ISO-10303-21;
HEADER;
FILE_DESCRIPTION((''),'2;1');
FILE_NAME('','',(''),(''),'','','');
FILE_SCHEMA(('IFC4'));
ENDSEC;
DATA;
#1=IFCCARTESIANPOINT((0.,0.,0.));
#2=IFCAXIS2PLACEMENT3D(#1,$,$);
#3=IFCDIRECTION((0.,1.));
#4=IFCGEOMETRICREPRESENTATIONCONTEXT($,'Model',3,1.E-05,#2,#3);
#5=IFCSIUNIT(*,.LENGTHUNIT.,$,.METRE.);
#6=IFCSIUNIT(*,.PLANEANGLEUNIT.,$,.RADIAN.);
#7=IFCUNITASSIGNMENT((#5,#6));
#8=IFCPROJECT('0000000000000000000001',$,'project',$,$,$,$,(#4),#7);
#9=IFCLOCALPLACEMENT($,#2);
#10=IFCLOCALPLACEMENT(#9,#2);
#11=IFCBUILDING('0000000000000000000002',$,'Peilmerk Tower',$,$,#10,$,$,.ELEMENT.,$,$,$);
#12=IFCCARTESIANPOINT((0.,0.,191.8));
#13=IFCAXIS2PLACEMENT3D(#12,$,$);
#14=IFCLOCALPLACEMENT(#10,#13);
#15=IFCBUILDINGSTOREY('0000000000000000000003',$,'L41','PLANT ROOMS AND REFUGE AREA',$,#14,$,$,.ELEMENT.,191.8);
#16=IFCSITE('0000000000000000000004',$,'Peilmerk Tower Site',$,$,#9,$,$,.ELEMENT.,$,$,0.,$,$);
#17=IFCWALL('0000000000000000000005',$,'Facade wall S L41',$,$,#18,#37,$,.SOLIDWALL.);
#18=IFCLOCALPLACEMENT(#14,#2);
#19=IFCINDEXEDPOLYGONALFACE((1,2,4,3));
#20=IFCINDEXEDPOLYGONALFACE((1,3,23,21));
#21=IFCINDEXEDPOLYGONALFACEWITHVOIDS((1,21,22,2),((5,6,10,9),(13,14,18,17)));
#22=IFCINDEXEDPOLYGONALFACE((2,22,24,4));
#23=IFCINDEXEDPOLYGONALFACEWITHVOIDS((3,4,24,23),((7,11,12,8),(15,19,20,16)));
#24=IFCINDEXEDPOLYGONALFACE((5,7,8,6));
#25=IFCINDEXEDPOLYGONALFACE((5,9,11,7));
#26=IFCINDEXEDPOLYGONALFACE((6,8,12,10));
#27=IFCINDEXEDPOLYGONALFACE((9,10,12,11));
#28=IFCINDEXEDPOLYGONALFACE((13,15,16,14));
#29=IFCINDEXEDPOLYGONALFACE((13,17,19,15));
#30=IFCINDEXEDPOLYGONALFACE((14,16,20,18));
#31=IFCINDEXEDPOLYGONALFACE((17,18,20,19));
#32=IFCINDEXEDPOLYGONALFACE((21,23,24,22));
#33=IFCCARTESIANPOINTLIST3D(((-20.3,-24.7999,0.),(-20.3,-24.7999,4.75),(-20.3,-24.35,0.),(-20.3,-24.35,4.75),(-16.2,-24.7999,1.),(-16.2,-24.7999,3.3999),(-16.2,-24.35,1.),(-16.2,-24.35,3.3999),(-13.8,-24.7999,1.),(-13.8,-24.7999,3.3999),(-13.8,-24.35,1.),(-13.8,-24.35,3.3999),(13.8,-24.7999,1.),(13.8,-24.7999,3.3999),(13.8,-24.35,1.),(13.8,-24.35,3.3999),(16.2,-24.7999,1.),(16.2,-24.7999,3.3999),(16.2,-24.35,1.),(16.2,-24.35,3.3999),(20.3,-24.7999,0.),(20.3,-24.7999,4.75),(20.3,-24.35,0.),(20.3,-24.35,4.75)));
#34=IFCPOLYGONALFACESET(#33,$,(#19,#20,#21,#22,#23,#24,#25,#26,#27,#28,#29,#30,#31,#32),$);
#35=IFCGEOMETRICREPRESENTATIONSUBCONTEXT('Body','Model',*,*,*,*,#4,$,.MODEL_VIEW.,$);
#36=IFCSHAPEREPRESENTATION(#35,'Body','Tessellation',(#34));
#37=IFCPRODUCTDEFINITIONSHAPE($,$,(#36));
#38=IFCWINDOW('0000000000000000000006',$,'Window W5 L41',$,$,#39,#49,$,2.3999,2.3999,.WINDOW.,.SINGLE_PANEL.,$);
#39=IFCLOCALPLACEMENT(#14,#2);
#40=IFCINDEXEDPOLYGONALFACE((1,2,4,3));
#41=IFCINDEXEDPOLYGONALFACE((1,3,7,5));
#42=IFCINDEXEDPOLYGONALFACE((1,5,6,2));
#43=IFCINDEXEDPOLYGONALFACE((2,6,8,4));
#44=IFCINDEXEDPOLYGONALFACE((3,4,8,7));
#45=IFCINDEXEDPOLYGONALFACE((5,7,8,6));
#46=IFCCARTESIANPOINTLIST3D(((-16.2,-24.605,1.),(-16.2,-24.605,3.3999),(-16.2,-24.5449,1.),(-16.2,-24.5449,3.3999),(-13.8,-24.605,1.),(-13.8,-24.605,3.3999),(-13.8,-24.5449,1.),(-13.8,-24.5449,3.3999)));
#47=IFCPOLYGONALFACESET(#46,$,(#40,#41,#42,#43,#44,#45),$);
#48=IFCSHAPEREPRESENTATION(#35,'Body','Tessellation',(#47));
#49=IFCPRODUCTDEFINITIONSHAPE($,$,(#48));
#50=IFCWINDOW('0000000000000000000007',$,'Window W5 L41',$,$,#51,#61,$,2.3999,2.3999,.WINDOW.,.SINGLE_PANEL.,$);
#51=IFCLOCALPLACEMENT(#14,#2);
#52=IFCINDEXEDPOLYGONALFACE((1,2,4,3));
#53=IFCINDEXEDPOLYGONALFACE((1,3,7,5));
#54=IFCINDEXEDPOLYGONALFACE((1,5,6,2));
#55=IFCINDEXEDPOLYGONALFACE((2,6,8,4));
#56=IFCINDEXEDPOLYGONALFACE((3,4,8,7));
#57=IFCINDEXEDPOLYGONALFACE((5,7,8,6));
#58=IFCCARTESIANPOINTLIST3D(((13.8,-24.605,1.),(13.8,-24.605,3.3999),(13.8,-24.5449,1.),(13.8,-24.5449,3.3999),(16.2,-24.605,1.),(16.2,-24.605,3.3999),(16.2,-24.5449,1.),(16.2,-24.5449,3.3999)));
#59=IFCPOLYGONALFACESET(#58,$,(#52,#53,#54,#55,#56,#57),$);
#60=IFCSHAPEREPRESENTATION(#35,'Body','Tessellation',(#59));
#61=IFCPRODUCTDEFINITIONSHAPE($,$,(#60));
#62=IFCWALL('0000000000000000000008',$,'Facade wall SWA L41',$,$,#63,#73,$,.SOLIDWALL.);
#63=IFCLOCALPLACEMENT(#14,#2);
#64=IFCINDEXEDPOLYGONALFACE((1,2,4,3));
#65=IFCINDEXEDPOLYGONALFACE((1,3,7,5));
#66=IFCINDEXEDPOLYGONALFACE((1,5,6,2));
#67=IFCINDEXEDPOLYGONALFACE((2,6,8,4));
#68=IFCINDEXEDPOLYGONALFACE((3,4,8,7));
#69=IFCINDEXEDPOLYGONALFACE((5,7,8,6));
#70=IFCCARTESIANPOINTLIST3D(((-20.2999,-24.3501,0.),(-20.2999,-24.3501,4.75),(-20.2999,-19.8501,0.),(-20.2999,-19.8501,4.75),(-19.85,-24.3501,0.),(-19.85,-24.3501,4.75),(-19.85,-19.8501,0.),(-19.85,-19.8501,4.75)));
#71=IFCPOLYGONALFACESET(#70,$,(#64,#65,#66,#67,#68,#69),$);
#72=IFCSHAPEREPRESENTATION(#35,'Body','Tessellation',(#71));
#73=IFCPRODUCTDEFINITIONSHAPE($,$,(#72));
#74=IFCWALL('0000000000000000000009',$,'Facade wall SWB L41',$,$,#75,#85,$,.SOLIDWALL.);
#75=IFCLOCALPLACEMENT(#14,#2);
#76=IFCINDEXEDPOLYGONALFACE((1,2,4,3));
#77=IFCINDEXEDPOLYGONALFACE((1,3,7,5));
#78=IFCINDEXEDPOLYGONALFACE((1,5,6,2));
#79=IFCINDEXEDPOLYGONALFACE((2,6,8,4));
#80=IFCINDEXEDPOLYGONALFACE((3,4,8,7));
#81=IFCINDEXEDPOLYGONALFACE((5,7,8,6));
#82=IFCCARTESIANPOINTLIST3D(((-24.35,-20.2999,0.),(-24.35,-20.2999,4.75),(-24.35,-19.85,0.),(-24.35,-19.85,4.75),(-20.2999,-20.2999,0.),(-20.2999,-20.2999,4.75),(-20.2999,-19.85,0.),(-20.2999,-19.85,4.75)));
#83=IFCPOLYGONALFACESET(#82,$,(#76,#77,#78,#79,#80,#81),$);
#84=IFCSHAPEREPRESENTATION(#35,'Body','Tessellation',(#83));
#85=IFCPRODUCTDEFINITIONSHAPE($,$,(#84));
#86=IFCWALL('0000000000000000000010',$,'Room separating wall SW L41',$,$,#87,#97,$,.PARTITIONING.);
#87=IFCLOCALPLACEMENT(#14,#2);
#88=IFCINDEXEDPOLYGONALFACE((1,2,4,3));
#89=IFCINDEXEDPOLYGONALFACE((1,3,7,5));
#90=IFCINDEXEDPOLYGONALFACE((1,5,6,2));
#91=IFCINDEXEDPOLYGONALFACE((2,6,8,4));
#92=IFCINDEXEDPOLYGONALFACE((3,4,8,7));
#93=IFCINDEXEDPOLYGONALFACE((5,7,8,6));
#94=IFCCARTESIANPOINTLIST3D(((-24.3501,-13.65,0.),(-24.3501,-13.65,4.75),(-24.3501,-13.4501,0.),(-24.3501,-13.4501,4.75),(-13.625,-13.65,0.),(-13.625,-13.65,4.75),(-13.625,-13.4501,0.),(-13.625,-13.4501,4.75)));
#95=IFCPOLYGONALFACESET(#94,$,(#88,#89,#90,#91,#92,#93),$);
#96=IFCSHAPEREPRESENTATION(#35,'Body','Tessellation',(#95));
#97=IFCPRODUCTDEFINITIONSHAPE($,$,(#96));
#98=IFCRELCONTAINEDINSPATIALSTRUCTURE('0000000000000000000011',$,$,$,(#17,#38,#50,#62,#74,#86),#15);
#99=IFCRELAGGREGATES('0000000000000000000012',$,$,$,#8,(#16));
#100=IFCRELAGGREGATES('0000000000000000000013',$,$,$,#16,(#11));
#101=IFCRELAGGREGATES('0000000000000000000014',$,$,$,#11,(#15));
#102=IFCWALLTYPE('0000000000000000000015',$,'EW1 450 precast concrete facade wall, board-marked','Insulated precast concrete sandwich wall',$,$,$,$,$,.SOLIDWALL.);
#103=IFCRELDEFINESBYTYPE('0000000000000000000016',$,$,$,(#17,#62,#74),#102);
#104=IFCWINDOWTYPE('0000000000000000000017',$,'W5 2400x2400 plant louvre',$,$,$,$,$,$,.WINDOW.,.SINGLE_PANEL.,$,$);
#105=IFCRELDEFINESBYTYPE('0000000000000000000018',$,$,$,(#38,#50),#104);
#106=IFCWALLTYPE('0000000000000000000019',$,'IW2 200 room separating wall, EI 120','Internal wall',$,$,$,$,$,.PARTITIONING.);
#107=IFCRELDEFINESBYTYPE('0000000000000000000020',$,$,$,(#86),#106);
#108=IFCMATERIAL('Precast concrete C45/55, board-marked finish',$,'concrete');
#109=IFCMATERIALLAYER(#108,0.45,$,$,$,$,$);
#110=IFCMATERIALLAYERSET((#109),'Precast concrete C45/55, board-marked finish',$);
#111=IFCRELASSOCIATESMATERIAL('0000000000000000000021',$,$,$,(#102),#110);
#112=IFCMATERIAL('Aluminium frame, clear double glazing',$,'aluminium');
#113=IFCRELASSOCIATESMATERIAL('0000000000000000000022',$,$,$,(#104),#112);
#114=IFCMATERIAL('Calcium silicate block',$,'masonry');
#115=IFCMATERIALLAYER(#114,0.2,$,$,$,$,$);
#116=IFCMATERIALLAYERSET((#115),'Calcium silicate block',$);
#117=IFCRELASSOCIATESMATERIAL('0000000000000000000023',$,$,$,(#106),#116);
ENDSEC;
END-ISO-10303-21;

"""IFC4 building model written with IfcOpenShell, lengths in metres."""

from ifc_helpers import new_model, si_unit, direction, frame, frame_2d, origin, place, context, subcontext, project, spatial, rectangle, extrude, material, layer, layer_set, type_object, element, fill, save


model = new_model("IFC4")

# Units and contexts
model_context = context("Model", 3, precision=1e-05, world=origin(), true_north=direction((0.0, 1.0)))
body_context = subcontext(model_context, "Body", "Model", "MODEL_VIEW")
ifc_project = project(units=[si_unit("LENGTHUNIT", "METRE"), si_unit("PLANEANGLEUNIT", "RADIAN")], contexts=[model_context])

# Site, building, storey
site_placement = place(None, origin())
site = spatial("IfcSite", under=ifc_project, at=site_placement, Name="Peilmerk Tower Site", CompositionType="ELEMENT", RefElevation=0.0)
building_placement = place(site_placement, origin())
building = spatial("IfcBuilding", under=site, at=building_placement, Name="Peilmerk Tower", CompositionType="ELEMENT")
storey_placement = place(building_placement, frame((0.0, 0.0, 191.8)))
storey = spatial("IfcBuildingStorey", under=building, at=storey_placement, Name="L41", Description="PLANT ROOMS AND REFUGE AREA", CompositionType="ELEMENT", Elevation=191.8)

# Wall, openings, windows
ifc_material_1 = material(Name="Precast concrete C45/55, board-marked finish", Category="concrete")
ifc_layer_1 = layer(ifc_material_1, 0.45)
ifc_layer_set_1 = layer_set([ifc_layer_1], Name="Precast concrete C45/55, board-marked finish")
wall_type_1 = type_object("IfcWallType", Name="EW1 450 precast concrete facade wall, board-marked", Description="Insulated precast concrete sandwich wall", PredefinedType="SOLIDWALL", material=ifc_layer_set_1)
wall_1_placement = place(storey_placement, frame((-20.3, -24.575, 0.0), z_axis=(0.0, 0.0, 1.0), x_axis=(1.0, 0.0, 0.0)))
wall_1 = element("IfcWall", 1, at=wall_1_placement, inside=storey, type_object=wall_type_1, Name="Facade wall S L41", PredefinedType="SOLIDWALL", context=body_context, shape_type="SweptSolid", body=[
    extrude(rectangle(XDim=40.6001, YDim=0.45, at=frame_2d((20.3, 0.0))), origin(), (0.0, 0.0, 1.0), 4.75),
])
opening_1_placement = place(wall_1_placement, frame((4.1001, 0.0, 1.0)))
opening_1 = element("IfcOpeningElement", 2, at=opening_1_placement, cuts=wall_1, PredefinedType="OPENING", context=body_context, shape_type="SweptSolid", body=[
    extrude(rectangle(XDim=2.3999, YDim=2.3999, at=frame_2d((1.2, 1.2))), frame((0.0, 0.2349, 0.0), z_axis=(0.0, -1.0, 0.0), x_axis=(1.0, 0.0, 0.0)), (0.0, 0.0, 1.0), 0.47),
])
opening_2_placement = place(wall_1_placement, frame((34.1001, 0.0, 1.0)))
opening_2 = element("IfcOpeningElement", 3, at=opening_2_placement, cuts=wall_1, PredefinedType="OPENING", context=body_context, shape_type="SweptSolid", body=[
    extrude(rectangle(XDim=2.3999, YDim=2.3999, at=frame_2d((1.2, 1.2))), frame((0.0, 0.2349, 0.0), z_axis=(0.0, -1.0, 0.0), x_axis=(1.0, 0.0, 0.0)), (0.0, 0.0, 1.0), 0.47),
])
ifc_material_2 = material(Name="Aluminium frame, clear double glazing", Category="aluminium")
window_type = type_object("IfcWindowType", Name="W5 2400x2400 plant louvre", PartitioningType="SINGLE_PANEL", PredefinedType="WINDOW", material=ifc_material_2)
window_1_placement = place(opening_1_placement, origin())
window_1 = element("IfcWindow", 4, at=window_1_placement, inside=storey, type_object=window_type, Name="Window W5 L41", OverallHeight=2.3999, OverallWidth=2.3999, PartitioningType="SINGLE_PANEL", PredefinedType="WINDOW", context=body_context, shape_type="SweptSolid", body=[
    extrude(rectangle(XDim=2.3999, YDim=2.3999, at=frame_2d((1.2, 1.2))), frame((0.0, 0.03, 0.0), z_axis=(0.0, -1.0, 0.0), x_axis=(1.0, 0.0, 0.0)), (0.0, 0.0, 1.0), 0.0601),
])
fill(opening_1, window_1)
window_2_placement = place(opening_2_placement, origin())
window_2 = element("IfcWindow", 5, at=window_2_placement, inside=storey, type_object=window_type, Name="Window W5 L41", OverallHeight=2.3999, OverallWidth=2.3999, PartitioningType="SINGLE_PANEL", PredefinedType="WINDOW", context=body_context, shape_type="SweptSolid", body=[
    extrude(rectangle(XDim=2.3999, YDim=2.3999, at=frame_2d((1.2, 1.2))), frame((0.0, 0.03, 0.0), z_axis=(0.0, -1.0, 0.0), x_axis=(1.0, 0.0, 0.0)), (0.0, 0.0, 1.0), 0.0601),
])
fill(opening_2, window_2)

# Walls
wall_2_placement = place(storey_placement, frame((-20.075, -19.8501, 0.0), z_axis=(0.0, 0.0, 1.0), x_axis=(0.0, -1.0, 0.0)))
element("IfcWall", 6, at=wall_2_placement, inside=storey, type_object=wall_type_1, Name="Facade wall SWA L41", PredefinedType="SOLIDWALL", context=body_context, shape_type="SweptSolid", body=[
    extrude(rectangle(XDim=4.5, YDim=0.45, at=frame_2d((2.25, 0.0))), origin(), (0.0, 0.0, 1.0), 4.75),
])
wall_3_placement = place(storey_placement, frame((-20.3, -20.075, 0.0), z_axis=(0.0, 0.0, 1.0), x_axis=(-1.0, 0.0, 0.0)))
element("IfcWall", 7, at=wall_3_placement, inside=storey, type_object=wall_type_1, Name="Facade wall SWB L41", PredefinedType="SOLIDWALL", context=body_context, shape_type="SweptSolid", body=[
    extrude(rectangle(XDim=4.05, YDim=0.45, at=frame_2d((2.0249, 0.0))), origin(), (0.0, 0.0, 1.0), 4.75),
])
ifc_material_3 = material(Name="Calcium silicate block", Category="masonry")
ifc_layer_2 = layer(ifc_material_3, 0.2)
ifc_layer_set_2 = layer_set([ifc_layer_2], Name="Calcium silicate block")
wall_type_2 = type_object("IfcWallType", Name="IW2 200 room separating wall, EI 120", Description="Internal wall", PredefinedType="PARTITIONING", material=ifc_layer_set_2)
wall_4_placement = place(storey_placement, frame((-13.625, -13.55, 0.0), z_axis=(0.0, 0.0, 1.0), x_axis=(-1.0, 0.0, 0.0)))
element("IfcWall", 8, at=wall_4_placement, inside=storey, type_object=wall_type_2, Name="Room separating wall SW L41", PredefinedType="PARTITIONING", context=body_context, shape_type="SweptSolid", body=[
    extrude(rectangle(XDim=10.7251, YDim=0.2, at=frame_2d((5.3625, 0.0))), origin(), (0.0, 0.0, 1.0), 4.75),
])

save(model, "model.ifc")
